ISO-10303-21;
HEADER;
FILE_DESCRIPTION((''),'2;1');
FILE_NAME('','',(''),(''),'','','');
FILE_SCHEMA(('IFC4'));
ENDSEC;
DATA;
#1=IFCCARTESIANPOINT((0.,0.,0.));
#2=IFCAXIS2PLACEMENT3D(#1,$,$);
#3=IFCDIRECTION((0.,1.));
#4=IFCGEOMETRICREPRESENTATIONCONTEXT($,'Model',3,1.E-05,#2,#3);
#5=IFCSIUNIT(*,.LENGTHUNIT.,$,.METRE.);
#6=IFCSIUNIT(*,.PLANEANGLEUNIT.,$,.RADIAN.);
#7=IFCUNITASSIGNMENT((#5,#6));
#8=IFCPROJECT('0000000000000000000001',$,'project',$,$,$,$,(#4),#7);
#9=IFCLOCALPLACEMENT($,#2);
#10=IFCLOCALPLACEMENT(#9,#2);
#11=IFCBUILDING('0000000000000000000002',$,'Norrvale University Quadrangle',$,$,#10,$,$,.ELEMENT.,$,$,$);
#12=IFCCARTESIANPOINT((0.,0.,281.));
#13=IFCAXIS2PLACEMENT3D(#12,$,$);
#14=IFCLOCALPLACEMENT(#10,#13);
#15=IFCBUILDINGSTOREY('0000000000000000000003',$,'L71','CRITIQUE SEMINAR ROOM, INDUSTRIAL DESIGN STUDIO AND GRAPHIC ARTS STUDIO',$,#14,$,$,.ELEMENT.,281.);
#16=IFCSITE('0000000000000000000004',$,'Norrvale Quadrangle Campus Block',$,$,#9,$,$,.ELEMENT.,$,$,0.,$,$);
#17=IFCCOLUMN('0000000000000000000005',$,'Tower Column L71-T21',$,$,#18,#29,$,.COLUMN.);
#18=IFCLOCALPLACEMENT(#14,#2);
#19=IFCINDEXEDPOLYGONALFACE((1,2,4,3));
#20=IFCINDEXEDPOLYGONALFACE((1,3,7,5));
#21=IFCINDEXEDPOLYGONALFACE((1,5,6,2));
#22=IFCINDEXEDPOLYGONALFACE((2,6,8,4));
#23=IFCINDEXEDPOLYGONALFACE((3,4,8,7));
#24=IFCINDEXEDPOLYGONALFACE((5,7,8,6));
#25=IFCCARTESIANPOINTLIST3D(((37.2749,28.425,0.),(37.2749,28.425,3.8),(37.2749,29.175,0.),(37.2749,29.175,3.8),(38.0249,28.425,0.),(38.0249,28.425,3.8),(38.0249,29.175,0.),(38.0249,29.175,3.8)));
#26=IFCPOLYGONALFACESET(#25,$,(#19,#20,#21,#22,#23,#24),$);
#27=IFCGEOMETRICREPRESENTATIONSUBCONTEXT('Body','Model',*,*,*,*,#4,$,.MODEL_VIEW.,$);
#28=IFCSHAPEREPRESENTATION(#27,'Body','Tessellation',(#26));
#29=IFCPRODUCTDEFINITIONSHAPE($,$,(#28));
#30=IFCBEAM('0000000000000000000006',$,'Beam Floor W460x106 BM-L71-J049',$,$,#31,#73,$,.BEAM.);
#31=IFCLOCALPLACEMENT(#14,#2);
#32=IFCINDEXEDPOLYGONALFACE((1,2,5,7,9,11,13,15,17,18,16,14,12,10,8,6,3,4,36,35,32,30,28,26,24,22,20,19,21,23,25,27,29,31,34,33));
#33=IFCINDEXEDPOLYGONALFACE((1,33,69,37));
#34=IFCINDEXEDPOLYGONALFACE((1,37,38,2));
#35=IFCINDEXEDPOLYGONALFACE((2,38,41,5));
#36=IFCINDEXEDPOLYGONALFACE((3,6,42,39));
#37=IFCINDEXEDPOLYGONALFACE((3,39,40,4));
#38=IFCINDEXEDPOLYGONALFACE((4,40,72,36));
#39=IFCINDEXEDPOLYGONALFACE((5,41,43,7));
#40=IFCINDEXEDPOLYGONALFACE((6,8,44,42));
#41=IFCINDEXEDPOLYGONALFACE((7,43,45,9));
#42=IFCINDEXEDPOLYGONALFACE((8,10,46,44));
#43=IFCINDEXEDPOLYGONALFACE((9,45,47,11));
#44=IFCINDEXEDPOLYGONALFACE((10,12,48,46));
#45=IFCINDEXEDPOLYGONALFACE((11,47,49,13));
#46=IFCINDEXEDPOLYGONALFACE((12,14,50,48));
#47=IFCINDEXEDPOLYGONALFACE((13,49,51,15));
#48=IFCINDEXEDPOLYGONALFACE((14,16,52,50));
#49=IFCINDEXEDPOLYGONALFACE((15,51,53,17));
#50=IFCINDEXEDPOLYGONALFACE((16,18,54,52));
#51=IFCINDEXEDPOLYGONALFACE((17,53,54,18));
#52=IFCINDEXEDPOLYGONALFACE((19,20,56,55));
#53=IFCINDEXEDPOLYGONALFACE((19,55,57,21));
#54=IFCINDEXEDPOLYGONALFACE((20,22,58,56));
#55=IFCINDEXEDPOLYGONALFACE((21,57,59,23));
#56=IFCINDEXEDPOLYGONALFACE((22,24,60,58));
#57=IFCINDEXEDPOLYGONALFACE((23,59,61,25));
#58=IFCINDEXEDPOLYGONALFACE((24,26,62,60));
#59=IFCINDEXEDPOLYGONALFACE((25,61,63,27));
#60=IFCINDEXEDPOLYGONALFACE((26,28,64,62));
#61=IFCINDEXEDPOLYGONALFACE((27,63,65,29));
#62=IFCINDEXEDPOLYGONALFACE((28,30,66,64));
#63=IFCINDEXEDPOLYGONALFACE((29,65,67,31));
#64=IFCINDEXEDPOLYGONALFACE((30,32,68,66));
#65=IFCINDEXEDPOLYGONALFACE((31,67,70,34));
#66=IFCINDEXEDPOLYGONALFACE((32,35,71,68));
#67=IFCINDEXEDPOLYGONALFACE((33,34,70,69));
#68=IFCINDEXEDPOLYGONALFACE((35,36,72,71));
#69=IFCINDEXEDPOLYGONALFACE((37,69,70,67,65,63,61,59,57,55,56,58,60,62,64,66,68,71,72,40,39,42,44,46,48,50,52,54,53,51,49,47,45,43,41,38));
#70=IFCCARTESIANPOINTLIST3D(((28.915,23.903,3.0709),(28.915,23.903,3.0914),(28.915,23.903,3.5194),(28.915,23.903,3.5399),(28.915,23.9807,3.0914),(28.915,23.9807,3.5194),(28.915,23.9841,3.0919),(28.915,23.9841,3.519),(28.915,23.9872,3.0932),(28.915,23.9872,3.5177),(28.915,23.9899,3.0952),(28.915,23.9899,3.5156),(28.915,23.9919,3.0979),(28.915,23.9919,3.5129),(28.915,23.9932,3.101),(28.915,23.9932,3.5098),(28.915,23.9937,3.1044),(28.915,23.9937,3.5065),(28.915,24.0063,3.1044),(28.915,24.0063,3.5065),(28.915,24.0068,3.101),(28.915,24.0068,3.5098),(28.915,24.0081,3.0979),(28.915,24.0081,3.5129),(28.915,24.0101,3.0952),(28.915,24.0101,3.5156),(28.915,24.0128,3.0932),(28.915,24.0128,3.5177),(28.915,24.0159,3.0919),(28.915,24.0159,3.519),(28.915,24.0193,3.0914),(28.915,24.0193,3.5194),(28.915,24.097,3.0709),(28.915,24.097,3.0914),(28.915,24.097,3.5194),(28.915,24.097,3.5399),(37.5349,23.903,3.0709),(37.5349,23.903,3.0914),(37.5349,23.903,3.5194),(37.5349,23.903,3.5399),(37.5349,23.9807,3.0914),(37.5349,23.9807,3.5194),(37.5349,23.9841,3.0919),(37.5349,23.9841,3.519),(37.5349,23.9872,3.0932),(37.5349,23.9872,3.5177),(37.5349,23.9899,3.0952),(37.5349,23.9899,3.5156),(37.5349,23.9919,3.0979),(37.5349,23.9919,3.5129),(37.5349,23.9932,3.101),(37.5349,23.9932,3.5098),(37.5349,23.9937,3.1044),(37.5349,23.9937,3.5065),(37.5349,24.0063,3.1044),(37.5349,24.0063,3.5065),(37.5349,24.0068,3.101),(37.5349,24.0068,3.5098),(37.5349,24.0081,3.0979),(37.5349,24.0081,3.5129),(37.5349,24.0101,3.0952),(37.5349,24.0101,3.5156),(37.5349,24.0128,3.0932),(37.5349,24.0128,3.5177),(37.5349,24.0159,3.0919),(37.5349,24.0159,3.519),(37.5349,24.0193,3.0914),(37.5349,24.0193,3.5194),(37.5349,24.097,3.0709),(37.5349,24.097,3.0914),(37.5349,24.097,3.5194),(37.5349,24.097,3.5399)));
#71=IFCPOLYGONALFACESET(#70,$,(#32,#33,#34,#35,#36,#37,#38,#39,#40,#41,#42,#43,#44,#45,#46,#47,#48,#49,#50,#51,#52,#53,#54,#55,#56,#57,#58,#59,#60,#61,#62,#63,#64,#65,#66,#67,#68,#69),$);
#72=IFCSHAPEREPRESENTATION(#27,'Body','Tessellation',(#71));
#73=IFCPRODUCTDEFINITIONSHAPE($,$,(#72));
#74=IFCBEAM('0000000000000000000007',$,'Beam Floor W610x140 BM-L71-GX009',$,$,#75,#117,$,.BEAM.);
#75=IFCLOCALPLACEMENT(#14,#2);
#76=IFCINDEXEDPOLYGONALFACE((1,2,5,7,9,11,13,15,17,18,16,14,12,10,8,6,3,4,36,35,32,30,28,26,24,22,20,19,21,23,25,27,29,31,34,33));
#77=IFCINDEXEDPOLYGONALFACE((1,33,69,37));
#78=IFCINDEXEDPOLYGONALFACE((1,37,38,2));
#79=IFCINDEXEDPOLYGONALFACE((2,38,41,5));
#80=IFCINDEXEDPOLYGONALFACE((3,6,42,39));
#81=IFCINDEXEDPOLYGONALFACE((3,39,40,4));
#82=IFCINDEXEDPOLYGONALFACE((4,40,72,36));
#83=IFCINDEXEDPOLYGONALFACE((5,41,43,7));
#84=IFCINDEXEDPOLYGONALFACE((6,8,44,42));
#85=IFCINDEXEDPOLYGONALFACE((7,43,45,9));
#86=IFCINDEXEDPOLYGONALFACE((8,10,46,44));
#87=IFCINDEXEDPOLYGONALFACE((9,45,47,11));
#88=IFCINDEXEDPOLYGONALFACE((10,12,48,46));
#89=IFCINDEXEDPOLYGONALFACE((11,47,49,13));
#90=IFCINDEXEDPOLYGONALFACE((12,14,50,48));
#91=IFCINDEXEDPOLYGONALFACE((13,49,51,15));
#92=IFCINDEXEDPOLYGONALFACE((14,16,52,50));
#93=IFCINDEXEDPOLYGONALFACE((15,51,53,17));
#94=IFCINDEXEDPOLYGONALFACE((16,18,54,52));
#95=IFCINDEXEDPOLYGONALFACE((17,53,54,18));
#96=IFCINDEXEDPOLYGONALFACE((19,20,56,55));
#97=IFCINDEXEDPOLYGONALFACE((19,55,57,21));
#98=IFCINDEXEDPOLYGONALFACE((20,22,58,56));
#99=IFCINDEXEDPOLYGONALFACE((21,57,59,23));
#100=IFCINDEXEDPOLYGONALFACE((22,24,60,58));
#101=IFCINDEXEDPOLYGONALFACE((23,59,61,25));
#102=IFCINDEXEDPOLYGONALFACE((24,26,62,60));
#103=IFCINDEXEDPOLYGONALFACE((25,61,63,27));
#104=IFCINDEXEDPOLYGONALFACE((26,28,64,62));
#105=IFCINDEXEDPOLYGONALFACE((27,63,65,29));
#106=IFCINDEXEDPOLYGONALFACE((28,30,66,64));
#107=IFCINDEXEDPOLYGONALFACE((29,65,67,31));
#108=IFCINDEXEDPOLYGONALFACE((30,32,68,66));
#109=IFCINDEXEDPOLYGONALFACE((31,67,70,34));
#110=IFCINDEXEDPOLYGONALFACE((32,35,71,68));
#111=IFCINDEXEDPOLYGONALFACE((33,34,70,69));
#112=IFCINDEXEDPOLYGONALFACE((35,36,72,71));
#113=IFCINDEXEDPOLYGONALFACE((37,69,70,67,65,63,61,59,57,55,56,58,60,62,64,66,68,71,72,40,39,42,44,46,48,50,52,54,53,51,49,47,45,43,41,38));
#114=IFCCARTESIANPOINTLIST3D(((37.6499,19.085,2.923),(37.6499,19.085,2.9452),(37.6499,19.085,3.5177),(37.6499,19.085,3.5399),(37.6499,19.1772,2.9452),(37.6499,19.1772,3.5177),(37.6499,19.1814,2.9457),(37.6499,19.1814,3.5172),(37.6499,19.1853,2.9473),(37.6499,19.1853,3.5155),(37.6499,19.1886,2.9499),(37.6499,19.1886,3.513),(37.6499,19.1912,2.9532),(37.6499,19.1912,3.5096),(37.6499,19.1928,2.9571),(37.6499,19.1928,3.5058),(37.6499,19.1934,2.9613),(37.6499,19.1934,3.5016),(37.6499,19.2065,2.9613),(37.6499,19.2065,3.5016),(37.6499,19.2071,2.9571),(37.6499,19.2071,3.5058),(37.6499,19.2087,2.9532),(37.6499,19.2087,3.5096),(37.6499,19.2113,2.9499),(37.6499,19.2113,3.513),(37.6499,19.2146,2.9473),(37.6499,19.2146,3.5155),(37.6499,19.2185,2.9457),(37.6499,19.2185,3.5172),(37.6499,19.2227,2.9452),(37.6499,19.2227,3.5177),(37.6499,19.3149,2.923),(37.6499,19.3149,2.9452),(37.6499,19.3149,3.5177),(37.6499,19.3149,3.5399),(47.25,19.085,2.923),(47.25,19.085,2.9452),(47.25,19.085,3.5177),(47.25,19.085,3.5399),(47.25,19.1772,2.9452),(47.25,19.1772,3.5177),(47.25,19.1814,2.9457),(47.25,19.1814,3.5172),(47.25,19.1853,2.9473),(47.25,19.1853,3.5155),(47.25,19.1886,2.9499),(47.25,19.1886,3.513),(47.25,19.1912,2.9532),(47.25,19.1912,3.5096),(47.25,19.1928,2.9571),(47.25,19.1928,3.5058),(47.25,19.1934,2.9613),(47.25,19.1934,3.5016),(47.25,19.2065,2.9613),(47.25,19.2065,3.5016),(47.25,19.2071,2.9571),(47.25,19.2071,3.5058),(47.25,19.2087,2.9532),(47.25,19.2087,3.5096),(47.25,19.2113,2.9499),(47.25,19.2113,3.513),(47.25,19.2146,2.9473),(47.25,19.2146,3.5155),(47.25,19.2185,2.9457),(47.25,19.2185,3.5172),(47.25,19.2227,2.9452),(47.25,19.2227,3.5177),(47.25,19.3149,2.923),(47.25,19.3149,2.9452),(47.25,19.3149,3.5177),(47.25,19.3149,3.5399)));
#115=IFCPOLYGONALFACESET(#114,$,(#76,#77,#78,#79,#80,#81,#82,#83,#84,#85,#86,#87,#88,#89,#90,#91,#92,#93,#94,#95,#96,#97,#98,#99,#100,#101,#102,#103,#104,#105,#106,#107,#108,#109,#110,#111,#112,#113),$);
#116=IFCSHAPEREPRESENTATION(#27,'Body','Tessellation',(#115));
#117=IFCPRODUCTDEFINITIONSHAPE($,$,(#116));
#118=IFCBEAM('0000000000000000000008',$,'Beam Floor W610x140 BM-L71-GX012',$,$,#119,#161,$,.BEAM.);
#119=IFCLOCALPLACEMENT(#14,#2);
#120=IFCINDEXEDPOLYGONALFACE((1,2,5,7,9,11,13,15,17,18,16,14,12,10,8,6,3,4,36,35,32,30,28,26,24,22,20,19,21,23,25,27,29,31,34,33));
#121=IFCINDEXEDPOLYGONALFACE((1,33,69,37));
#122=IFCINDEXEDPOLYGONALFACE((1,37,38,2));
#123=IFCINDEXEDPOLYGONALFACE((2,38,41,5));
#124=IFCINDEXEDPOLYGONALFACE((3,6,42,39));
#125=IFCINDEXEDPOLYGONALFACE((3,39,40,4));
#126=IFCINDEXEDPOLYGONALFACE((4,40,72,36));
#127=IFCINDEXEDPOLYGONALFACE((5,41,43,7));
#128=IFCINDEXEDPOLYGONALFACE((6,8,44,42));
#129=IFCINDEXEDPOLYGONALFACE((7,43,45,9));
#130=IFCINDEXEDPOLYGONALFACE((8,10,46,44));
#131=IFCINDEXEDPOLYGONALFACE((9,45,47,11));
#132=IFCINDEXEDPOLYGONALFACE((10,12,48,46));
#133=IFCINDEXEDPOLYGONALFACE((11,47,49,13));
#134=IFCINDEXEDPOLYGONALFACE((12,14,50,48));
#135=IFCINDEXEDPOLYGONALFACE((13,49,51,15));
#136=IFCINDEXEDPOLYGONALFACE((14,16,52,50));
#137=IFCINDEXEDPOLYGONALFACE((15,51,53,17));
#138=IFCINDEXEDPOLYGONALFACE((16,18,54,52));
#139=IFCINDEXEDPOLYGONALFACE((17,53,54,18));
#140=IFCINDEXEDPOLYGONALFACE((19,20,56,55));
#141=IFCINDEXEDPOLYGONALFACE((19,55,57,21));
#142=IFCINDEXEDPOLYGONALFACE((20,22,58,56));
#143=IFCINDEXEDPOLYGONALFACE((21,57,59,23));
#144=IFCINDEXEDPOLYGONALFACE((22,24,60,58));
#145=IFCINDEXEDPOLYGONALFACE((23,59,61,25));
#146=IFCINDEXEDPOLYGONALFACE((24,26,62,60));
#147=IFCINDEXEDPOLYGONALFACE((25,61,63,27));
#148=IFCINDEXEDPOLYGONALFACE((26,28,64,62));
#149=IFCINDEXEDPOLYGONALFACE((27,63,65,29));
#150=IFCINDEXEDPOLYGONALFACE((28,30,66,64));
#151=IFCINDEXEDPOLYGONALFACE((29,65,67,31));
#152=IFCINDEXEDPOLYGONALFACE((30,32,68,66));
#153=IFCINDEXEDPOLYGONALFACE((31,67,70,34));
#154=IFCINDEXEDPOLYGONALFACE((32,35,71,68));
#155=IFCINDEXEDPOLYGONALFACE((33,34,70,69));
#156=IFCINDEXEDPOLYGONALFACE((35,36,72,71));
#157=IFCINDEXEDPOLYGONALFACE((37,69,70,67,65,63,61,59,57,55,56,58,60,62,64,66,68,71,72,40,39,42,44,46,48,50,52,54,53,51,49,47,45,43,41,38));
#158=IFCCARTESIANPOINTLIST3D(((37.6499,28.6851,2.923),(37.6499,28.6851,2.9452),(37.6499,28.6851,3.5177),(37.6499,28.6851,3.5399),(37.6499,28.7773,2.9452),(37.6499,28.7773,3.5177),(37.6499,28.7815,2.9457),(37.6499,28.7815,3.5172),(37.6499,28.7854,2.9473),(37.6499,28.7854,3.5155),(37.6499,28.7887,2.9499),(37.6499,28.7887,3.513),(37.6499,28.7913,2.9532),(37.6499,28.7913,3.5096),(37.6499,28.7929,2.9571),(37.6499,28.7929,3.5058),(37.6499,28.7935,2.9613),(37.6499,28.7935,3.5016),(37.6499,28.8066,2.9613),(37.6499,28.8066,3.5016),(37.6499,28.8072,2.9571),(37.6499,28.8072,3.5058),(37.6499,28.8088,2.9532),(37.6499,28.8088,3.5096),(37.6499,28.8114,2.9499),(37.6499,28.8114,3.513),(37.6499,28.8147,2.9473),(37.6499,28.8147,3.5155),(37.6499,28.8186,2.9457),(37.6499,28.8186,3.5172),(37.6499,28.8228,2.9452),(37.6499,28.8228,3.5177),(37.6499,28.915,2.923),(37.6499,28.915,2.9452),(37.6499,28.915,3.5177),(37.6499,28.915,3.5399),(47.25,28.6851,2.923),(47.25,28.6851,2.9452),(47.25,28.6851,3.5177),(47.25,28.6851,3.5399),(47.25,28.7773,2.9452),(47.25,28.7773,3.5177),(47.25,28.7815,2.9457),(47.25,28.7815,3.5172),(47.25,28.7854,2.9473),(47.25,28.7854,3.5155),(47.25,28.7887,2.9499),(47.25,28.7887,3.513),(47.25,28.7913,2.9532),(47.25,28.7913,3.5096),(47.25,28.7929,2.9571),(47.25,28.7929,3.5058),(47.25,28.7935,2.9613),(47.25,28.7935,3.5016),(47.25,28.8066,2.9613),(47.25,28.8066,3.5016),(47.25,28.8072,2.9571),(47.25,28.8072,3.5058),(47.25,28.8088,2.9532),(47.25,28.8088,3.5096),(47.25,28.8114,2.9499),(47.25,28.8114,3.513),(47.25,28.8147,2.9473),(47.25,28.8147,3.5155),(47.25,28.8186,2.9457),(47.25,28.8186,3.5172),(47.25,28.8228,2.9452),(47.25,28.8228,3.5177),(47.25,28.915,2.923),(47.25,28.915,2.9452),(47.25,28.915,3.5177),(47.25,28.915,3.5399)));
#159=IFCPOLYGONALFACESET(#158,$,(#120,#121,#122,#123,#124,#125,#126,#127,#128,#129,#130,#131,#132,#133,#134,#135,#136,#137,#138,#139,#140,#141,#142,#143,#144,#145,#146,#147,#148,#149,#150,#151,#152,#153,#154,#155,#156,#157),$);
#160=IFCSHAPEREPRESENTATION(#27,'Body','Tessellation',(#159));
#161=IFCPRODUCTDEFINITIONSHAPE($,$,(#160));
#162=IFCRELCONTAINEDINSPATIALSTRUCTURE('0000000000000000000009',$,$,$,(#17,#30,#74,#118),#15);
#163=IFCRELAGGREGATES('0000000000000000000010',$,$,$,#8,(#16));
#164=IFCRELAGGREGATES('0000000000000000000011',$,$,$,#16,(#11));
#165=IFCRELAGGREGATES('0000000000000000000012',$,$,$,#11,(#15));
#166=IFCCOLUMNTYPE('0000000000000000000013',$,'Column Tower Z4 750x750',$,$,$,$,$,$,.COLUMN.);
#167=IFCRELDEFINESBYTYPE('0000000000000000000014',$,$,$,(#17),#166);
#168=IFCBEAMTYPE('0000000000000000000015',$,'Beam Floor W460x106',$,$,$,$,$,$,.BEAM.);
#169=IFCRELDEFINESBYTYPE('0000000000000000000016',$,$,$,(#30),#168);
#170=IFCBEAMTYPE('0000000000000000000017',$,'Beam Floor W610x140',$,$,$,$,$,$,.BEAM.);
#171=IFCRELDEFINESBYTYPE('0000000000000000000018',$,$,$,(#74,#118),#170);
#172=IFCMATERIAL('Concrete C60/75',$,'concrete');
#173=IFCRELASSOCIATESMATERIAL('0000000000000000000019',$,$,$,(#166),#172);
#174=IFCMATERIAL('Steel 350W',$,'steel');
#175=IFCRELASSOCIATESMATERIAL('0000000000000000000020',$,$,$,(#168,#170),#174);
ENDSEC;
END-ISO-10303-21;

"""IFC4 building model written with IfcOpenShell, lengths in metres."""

from ifc_helpers import new_model, si_unit, direction, frame, origin, origin_2d, place, context, subcontext, project, spatial, rectangle, i_section, extrude, material, material_profile, profile_set, type_object, element, save


model = new_model("IFC4")

# Units and contexts
model_context = context("Model", 3, precision=1e-05, world=origin(), true_north=direction((0.0, 1.0)))
body_context = subcontext(model_context, "Body", "Model", "MODEL_VIEW")
ifc_project = project(units=[si_unit("LENGTHUNIT", "METRE"), si_unit("PLANEANGLEUNIT", "RADIAN")], contexts=[model_context])

# Site, building, storey
site_placement = place(None, origin())
site = spatial("IfcSite", under=ifc_project, at=site_placement, Name="Norrvale Quadrangle Campus Block", CompositionType="ELEMENT", RefElevation=0.0)
building_placement = place(site_placement, origin())
building = spatial("IfcBuilding", under=site, at=building_placement, Name="Norrvale University Quadrangle", CompositionType="ELEMENT")
storey_placement = place(building_placement, frame((0.0, 0.0, 281.0)))
storey = spatial("IfcBuildingStorey", under=building, at=storey_placement, Name="L71", Description="CRITIQUE SEMINAR ROOM, INDUSTRIAL DESIGN STUDIO AND GRAPHIC ARTS STUDIO", CompositionType="ELEMENT", Elevation=281.0)

# Column
ifc_material_1 = material(Name="Concrete C60/75", Category="concrete")
ifc_material_profile_1 = material_profile(ifc_material_1, rectangle(XDim=0.75, YDim=0.75, at=origin_2d()), Name="Concrete C60/75")
ifc_profile_set_1 = profile_set([ifc_material_profile_1], Name="Concrete C60/75")
column_type = type_object("IfcColumnType", Name="Column Tower Z4 750x750", PredefinedType="COLUMN", material=ifc_profile_set_1)
column_placement = place(storey_placement, frame((37.6499, 28.8, 0.0), z_axis=(0.0, 0.0, 1.0), x_axis=(1.0, 0.0, 0.0)))
element("IfcColumn", 1, at=column_placement, inside=storey, type_object=column_type, Name="Tower Column L71-T21", PredefinedType="COLUMN", context=body_context, shape_type="SweptSolid", body=[
    extrude(rectangle(XDim=0.75, YDim=0.75, at=origin_2d()), origin(), (0.0, 0.0, 1.0), 3.8),
])

# Beams
ifc_material_2 = material(Name="Steel 350W", Category="steel")
ifc_material_profile_2 = material_profile(ifc_material_2, i_section(OverallWidth=0.1941, OverallDepth=0.469, WebThickness=0.0127, FlangeThickness=0.0205, FilletRadius=0.0129, at=origin_2d()), Name="Steel 350W")
ifc_profile_set_2 = profile_set([ifc_material_profile_2], Name="Steel 350W")
beam_type_1 = type_object("IfcBeamType", Name="Beam Floor W460x106", PredefinedType="BEAM", material=ifc_profile_set_2)
beam_1_placement = place(storey_placement, frame((28.915, 24.0, 3.3054), z_axis=(1.0, 0.0, 0.0), x_axis=(0.0, 1.0, 0.0)))
element("IfcBeam", 2, at=beam_1_placement, inside=storey, type_object=beam_type_1, Name="Beam Floor W460x106 BM-L71-J049", PredefinedType="BEAM", context=body_context, shape_type="SweptSolid", body=[
    extrude(i_section(OverallWidth=0.1941, OverallDepth=0.469, WebThickness=0.0127, FlangeThickness=0.0205, FilletRadius=0.0129, at=origin_2d()), origin(), (0.0, 0.0, 1.0), 8.6199),
])
ifc_material_profile_3 = material_profile(ifc_material_2, i_section(OverallWidth=0.23, OverallDepth=0.6169, WebThickness=0.0132, FlangeThickness=0.0222, FilletRadius=0.0161, at=origin_2d()), Name="Steel 350W")
ifc_profile_set_3 = profile_set([ifc_material_profile_3], Name="Steel 350W")
beam_type_2 = type_object("IfcBeamType", Name="Beam Floor W610x140", PredefinedType="BEAM", material=ifc_profile_set_3)
for number, where, z_axis, x_axis, name in (
    (3, (37.6499, 19.2, 3.2314), (1.0, 0.0, 0.0), (0.0, 1.0, 0.0), "Beam Floor W610x140 BM-L71-GX009"),
    (4, (37.6499, 28.8, 3.2314), (1.0, 0.0, 0.0), (0.0, 1.0, 0.0), "Beam Floor W610x140 BM-L71-GX012"),
):
    element("IfcBeam", number, at=place(storey_placement, frame(where, z_axis=z_axis, x_axis=x_axis)), inside=storey, type_object=beam_type_2, Name=name, PredefinedType="BEAM", context=body_context, shape_type="SweptSolid", body=[
        extrude(i_section(OverallWidth=0.23, OverallDepth=0.6169, WebThickness=0.0132, FlangeThickness=0.0222, FilletRadius=0.0161, at=origin_2d()), origin(), (0.0, 0.0, 1.0), 9.6001),
    ])

save(model, "model.ifc")
